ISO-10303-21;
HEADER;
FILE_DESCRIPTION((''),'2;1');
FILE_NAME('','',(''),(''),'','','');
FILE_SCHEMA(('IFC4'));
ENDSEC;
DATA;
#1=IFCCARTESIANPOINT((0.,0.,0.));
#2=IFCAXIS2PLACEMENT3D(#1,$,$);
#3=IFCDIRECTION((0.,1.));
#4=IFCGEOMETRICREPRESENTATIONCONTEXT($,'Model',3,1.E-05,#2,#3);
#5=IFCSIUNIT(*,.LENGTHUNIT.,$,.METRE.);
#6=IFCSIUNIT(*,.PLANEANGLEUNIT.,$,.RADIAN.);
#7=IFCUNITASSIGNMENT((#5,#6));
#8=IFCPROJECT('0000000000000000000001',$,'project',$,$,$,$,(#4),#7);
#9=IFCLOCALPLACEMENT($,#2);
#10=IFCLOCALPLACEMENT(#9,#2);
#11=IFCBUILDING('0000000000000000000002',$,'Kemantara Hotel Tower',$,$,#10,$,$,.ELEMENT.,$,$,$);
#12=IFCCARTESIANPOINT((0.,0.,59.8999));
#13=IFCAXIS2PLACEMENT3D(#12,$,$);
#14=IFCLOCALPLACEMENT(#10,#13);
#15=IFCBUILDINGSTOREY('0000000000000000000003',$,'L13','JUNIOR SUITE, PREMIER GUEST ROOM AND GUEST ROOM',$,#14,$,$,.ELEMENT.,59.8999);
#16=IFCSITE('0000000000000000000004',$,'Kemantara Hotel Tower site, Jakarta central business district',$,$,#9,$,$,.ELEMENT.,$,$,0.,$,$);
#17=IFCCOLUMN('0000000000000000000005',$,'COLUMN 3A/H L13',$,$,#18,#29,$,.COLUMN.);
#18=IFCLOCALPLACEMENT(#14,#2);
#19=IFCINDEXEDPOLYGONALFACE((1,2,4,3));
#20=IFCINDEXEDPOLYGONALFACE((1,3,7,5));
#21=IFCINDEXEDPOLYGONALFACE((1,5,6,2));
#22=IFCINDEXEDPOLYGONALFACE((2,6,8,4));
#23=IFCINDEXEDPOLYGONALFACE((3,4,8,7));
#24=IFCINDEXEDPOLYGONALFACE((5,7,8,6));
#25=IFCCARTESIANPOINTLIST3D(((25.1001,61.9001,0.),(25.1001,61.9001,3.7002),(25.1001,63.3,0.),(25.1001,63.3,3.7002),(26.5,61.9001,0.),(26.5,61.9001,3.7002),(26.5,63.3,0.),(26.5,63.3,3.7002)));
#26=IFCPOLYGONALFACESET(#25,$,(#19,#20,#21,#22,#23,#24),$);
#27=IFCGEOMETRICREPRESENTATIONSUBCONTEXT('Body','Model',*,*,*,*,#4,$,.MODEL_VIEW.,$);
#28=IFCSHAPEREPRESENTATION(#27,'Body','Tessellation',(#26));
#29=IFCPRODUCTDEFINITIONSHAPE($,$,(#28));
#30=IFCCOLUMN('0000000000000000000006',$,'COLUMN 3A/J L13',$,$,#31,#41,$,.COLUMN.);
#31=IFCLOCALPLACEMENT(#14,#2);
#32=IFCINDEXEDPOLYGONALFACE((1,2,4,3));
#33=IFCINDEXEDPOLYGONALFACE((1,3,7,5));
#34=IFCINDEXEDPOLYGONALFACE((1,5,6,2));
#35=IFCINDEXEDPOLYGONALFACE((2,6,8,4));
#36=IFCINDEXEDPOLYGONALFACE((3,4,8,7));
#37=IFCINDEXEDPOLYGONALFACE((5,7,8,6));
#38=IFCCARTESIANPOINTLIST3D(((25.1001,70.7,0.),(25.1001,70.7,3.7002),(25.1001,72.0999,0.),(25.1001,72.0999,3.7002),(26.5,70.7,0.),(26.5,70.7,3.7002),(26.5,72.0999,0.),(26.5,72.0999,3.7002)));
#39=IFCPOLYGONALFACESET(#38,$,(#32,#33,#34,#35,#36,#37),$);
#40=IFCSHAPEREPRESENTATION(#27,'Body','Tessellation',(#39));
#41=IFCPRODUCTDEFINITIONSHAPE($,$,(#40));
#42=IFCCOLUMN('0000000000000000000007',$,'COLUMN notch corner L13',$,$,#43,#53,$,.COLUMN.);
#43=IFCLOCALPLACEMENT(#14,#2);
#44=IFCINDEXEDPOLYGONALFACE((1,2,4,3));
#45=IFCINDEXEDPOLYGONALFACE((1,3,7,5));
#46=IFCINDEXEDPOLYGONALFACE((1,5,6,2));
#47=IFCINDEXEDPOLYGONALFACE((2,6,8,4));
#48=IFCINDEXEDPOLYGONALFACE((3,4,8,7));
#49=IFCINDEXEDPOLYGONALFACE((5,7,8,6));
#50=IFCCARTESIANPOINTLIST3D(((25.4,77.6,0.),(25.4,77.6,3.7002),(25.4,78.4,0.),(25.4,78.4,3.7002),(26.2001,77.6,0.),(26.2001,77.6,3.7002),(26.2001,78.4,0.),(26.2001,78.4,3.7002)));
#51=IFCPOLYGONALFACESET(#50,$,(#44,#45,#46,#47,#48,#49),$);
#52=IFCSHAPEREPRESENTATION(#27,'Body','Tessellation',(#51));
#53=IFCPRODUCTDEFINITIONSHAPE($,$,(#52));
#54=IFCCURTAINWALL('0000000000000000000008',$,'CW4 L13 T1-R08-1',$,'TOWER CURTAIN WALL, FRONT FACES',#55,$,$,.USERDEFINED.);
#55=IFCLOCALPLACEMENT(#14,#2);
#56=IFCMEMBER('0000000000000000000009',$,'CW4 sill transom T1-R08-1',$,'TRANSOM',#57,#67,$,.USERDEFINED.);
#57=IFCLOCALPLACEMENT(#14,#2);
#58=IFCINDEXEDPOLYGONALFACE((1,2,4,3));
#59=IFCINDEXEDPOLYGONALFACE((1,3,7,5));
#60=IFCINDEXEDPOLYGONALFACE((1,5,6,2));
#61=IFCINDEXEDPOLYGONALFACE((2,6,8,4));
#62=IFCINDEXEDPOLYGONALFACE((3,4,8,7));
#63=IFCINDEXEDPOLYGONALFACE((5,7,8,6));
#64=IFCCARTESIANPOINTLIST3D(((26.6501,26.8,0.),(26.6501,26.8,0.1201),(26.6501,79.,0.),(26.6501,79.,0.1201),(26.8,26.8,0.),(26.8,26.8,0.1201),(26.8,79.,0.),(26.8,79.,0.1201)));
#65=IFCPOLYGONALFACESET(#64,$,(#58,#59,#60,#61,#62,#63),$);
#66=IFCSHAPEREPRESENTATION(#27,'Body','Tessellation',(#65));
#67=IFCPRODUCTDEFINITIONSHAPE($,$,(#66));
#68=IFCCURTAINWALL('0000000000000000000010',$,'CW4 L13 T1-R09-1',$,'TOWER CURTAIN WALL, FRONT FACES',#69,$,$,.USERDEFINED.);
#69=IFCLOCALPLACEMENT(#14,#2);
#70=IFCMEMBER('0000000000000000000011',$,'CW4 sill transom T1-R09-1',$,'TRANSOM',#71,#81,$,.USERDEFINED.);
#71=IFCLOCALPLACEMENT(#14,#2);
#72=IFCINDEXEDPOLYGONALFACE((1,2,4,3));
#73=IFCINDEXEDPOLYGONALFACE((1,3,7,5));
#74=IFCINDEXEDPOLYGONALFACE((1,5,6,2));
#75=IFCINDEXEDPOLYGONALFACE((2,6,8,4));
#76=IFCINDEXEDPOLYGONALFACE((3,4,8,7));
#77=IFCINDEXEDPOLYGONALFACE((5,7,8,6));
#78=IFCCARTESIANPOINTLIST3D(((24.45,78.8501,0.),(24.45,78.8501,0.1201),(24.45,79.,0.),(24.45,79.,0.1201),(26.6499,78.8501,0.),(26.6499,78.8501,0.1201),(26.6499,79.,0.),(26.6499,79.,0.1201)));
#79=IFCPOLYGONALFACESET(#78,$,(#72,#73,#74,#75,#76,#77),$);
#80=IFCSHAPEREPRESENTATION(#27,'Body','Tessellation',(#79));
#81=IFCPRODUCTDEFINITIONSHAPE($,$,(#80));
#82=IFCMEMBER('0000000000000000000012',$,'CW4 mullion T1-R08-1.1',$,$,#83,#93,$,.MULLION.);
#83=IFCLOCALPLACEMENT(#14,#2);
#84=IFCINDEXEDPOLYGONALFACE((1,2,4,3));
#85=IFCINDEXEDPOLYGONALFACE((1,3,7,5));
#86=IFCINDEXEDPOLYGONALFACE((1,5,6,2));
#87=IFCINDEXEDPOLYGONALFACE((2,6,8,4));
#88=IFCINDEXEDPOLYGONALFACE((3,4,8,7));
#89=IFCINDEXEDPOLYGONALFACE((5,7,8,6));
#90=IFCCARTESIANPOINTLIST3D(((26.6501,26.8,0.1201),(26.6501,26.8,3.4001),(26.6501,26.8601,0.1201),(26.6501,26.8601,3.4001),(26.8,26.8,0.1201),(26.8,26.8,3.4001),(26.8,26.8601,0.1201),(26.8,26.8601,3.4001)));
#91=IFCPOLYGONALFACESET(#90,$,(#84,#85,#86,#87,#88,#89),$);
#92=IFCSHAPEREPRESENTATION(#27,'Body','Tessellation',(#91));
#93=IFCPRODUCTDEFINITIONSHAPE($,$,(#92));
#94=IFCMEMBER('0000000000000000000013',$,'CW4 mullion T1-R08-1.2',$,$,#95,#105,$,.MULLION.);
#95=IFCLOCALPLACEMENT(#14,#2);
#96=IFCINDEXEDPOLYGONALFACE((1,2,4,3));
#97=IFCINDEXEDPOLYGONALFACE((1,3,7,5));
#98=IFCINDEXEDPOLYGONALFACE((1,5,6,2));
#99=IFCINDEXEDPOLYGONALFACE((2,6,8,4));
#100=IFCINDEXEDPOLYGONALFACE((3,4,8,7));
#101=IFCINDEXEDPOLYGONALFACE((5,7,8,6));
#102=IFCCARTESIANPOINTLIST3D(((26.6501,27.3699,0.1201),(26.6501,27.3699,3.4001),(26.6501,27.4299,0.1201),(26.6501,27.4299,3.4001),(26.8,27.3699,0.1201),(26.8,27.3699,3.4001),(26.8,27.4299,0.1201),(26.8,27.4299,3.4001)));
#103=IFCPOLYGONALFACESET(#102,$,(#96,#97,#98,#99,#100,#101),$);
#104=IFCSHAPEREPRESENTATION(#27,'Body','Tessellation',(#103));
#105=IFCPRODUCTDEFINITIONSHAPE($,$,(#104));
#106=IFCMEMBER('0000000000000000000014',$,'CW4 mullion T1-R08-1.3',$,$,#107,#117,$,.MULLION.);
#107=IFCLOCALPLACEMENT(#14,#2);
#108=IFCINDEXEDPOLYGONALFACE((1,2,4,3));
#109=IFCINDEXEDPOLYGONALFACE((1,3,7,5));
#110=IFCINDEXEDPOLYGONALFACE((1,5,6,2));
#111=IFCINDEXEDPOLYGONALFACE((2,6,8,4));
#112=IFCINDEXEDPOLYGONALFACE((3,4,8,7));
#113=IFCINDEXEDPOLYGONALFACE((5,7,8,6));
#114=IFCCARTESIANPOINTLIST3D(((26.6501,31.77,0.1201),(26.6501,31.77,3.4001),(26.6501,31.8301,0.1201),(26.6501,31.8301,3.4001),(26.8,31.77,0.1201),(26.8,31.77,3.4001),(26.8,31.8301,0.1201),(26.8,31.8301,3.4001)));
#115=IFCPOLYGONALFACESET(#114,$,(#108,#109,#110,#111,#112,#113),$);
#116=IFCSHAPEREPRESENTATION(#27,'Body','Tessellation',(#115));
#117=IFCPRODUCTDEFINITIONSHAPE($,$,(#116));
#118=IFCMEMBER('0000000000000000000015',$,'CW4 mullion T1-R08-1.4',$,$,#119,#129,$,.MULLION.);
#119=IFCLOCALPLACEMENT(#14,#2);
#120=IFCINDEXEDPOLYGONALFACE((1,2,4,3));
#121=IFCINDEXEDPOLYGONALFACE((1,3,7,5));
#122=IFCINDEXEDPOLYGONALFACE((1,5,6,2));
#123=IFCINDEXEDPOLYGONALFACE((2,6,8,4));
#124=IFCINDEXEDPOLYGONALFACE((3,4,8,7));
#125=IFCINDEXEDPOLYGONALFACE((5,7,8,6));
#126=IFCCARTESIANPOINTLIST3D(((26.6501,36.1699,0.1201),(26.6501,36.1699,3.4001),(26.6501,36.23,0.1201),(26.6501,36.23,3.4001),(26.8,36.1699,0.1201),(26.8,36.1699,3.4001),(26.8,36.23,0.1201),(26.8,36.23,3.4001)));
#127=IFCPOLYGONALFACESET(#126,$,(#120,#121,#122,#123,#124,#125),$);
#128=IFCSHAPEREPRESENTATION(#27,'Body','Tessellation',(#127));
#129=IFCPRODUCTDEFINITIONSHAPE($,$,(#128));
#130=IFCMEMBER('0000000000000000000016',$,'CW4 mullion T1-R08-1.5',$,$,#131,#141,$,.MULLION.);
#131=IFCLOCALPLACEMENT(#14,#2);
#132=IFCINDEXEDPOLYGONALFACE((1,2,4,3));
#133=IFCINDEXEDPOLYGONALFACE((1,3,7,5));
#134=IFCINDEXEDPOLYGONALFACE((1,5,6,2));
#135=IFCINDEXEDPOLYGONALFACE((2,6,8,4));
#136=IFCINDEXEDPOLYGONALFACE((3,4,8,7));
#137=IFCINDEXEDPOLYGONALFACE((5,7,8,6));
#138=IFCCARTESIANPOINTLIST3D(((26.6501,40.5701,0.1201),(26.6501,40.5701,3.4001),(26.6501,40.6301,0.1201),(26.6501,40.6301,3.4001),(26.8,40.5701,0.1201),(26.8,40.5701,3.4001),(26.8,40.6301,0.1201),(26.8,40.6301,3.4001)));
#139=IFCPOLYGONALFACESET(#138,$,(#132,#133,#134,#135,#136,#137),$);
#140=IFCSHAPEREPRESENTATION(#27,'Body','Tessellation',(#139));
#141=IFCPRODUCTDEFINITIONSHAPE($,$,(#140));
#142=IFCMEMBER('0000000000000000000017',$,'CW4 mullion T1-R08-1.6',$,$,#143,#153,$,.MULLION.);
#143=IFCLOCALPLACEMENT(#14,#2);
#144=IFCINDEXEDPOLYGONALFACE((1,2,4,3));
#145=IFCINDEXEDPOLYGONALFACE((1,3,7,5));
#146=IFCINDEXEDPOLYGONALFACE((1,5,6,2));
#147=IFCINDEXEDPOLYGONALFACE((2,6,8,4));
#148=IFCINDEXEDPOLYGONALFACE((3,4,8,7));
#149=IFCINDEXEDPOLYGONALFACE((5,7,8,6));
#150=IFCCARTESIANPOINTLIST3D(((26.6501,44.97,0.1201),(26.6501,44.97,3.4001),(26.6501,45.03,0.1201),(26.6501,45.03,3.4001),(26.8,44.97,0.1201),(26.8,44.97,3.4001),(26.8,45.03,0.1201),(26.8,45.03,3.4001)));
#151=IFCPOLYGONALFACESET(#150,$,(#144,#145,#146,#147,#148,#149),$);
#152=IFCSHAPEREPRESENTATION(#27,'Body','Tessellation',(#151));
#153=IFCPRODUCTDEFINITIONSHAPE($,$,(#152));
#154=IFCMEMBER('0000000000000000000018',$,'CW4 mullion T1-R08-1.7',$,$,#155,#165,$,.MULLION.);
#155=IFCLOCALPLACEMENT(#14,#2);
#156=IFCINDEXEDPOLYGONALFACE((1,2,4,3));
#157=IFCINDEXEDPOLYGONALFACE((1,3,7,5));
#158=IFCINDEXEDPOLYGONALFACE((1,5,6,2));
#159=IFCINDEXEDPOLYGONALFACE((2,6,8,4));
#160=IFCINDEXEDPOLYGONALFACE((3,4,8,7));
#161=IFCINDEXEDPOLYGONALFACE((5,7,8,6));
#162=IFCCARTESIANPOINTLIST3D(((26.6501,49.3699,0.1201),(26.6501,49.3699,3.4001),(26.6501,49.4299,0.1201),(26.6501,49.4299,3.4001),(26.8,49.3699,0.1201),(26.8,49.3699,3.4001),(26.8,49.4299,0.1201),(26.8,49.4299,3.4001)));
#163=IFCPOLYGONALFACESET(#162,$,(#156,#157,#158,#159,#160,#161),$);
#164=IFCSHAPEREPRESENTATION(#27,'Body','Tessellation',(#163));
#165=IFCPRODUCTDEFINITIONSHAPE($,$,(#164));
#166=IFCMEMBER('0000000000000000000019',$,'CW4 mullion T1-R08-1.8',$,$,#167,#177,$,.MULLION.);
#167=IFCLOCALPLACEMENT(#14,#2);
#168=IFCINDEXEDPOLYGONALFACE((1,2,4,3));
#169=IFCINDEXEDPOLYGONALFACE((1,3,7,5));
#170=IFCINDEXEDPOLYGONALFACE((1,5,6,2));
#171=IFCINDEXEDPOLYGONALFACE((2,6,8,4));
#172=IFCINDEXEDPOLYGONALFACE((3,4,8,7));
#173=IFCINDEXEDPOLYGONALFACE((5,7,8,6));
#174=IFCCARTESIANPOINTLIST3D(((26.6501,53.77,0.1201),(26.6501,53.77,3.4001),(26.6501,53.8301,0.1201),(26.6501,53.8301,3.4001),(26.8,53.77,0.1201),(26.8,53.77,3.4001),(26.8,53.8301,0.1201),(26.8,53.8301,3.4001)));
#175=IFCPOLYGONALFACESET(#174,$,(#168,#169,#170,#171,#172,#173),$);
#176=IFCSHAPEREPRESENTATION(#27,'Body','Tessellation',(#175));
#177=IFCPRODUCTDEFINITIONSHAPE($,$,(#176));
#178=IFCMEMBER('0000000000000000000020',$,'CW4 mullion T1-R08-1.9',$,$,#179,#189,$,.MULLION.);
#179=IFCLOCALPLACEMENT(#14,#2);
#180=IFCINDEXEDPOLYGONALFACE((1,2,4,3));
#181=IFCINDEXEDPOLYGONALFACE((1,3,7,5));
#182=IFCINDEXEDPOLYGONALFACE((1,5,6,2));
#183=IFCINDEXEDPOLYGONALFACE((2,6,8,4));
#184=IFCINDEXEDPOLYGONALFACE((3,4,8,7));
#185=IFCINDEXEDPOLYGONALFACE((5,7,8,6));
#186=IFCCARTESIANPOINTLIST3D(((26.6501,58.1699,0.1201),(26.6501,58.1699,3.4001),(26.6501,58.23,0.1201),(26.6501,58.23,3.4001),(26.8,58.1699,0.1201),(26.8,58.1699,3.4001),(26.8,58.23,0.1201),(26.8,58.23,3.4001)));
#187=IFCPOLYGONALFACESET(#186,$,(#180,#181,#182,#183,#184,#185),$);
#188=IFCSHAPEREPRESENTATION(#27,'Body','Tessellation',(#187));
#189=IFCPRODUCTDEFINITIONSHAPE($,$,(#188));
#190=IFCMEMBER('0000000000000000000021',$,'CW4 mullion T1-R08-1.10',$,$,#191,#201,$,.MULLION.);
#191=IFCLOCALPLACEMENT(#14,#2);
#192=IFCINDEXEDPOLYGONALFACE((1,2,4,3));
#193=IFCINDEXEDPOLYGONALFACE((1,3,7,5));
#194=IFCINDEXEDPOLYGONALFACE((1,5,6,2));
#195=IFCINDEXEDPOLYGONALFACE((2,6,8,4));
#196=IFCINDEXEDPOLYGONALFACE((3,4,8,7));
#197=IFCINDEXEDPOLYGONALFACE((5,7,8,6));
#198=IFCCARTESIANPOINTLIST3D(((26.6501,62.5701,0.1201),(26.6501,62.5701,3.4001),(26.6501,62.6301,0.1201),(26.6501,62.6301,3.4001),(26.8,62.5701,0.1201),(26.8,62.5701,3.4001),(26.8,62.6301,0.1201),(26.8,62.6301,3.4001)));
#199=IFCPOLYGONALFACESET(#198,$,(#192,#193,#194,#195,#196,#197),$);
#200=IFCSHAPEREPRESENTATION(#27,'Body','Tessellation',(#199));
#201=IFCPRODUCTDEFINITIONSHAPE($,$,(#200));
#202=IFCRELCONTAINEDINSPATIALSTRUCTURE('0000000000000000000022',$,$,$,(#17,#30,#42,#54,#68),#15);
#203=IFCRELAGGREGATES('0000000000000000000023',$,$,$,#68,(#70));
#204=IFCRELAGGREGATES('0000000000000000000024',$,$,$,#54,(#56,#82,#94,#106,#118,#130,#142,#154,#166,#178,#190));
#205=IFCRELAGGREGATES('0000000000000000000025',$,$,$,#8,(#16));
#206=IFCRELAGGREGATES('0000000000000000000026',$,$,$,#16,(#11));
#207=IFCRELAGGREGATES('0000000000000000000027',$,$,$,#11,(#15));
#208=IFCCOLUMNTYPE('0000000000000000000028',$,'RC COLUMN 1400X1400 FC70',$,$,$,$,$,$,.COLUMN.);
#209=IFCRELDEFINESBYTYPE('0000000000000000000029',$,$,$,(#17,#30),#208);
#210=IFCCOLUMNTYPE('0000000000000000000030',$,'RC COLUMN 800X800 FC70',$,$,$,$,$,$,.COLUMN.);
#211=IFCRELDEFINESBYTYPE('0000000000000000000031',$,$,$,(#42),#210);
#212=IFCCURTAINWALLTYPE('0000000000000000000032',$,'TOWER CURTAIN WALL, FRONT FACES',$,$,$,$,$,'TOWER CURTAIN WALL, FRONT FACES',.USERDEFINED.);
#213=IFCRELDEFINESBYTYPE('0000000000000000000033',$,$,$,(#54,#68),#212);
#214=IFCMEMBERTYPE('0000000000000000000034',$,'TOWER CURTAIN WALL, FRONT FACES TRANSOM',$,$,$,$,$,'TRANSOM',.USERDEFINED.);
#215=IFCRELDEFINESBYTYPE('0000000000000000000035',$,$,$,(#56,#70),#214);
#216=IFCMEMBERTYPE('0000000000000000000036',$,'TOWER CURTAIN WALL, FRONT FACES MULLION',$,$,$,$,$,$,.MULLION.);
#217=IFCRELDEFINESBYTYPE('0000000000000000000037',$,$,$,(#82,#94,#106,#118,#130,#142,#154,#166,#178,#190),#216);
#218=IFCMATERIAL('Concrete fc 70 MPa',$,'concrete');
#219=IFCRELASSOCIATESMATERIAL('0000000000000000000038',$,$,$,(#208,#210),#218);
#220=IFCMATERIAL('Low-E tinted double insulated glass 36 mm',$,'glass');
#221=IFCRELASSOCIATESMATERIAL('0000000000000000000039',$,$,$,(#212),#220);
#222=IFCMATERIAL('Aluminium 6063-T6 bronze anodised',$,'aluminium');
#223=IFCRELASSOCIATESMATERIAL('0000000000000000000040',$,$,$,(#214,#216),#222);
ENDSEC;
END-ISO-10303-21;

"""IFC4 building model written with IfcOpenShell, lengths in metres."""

from ifc_helpers import new_model, si_unit, direction, frame, origin, origin_2d, place, context, subcontext, project, spatial, rectangle, extrude, source, transform, mapped, material, material_profile, profile_set, type_object, element, aggregate, save


model = new_model("IFC4")

# Units and contexts
model_context = context("Model", 3, precision=1e-05, world=origin(), true_north=direction((0.0, 1.0)))
body_context = subcontext(model_context, "Body", "Model", "MODEL_VIEW")
ifc_project = project(units=[si_unit("LENGTHUNIT", "METRE"), si_unit("PLANEANGLEUNIT", "RADIAN")], contexts=[model_context])

# Site, building, storey
site_placement = place(None, origin())
site = spatial("IfcSite", under=ifc_project, at=site_placement, Name="Kemantara Hotel Tower site, Jakarta central business district", CompositionType="ELEMENT", RefElevation=0.0)
building_placement = place(site_placement, origin())
building = spatial("IfcBuilding", under=site, at=building_placement, Name="Kemantara Hotel Tower", CompositionType="ELEMENT")
storey_placement = place(building_placement, frame((0.0, 0.0, 59.8999)))
storey = spatial("IfcBuildingStorey", under=building, at=storey_placement, Name="L13", Description="JUNIOR SUITE, PREMIER GUEST ROOM AND GUEST ROOM", CompositionType="ELEMENT", Elevation=59.8999)

# Columns
ifc_material_1 = material(Name="Concrete fc 70 MPa", Category="concrete")
ifc_material_profile_1 = material_profile(ifc_material_1, rectangle(XDim=1.3999, YDim=1.3999, at=origin_2d()), Name="RC 1400X1400")
ifc_profile_set_1 = profile_set([ifc_material_profile_1], Name="Concrete fc 70 MPa")
column_type_1 = type_object("IfcColumnType", Name="RC COLUMN 1400X1400 FC70", PredefinedType="COLUMN", material=ifc_profile_set_1)
for number, where, z_axis, x_axis, name in (
    (1, (25.8, 62.6001, 0.0), (0.0, 0.0, 1.0), (1.0, 0.0, 0.0), "COLUMN 3A/H L13"),
    (2, (25.8, 71.3999, 0.0), (0.0, 0.0, 1.0), (1.0, 0.0, 0.0), "COLUMN 3A/J L13"),
):
    element("IfcColumn", number, at=place(storey_placement, frame(where, z_axis=z_axis, x_axis=x_axis)), inside=storey, type_object=column_type_1, Name=name, PredefinedType="COLUMN", context=body_context, shape_type="SweptSolid", body=[
        extrude(rectangle(XDim=1.3999, YDim=1.3999, at=origin_2d()), origin(), (0.0, 0.0, 1.0), 3.7002),
    ])
ifc_material_profile_2 = material_profile(ifc_material_1, rectangle(XDim=0.8, YDim=0.8, at=origin_2d()), Name="RC 800X800")
ifc_profile_set_2 = profile_set([ifc_material_profile_2], Name="Concrete fc 70 MPa")
column_type_2 = type_object("IfcColumnType", Name="RC COLUMN 800X800 FC70", PredefinedType="COLUMN", material=ifc_profile_set_2)
column_placement = place(storey_placement, frame((25.8, 78.0, 0.0), z_axis=(0.0, 0.0, 1.0), x_axis=(1.0, 0.0, 0.0)))
element("IfcColumn", 3, at=column_placement, inside=storey, type_object=column_type_2, Name="COLUMN notch corner L13", PredefinedType="COLUMN", context=body_context, shape_type="SweptSolid", body=[
    extrude(rectangle(XDim=0.8, YDim=0.8, at=origin_2d()), origin(), (0.0, 0.0, 1.0), 3.7002),
])

# Curtain walls, members
ifc_material_2 = material(Name="Low-E tinted double insulated glass 36 mm", Category="glass")
curtain_wall_type = type_object("IfcCurtainWallType", Name="TOWER CURTAIN WALL, FRONT FACES", ElementType="TOWER CURTAIN WALL, FRONT FACES", PredefinedType="USERDEFINED", material=ifc_material_2)
curtain_wall_1_placement = place(storey_placement, origin())
curtain_wall_1 = element("IfcCurtainWall", 4, at=curtain_wall_1_placement, inside=storey, type_object=curtain_wall_type, Name="CW4 L13 T1-R08-1", ObjectType="TOWER CURTAIN WALL, FRONT FACES", PredefinedType="USERDEFINED")
ifc_material_3 = material(Name="Aluminium 6063-T6 bronze anodised", Category="aluminium")
ifc_material_profile_3 = material_profile(ifc_material_3, rectangle(XDim=0.1499, YDim=0.1201, at=origin_2d()), Name="TOWER CURTAIN WALL, FRONT FACES TRANSOM")
ifc_profile_set_3 = profile_set([ifc_material_profile_3], Name="Aluminium 6063-T6 bronze anodised")
member_type_1 = type_object("IfcMemberType", Name="TOWER CURTAIN WALL, FRONT FACES TRANSOM", ElementType="TRANSOM", PredefinedType="USERDEFINED", material=ifc_profile_set_3)
member_1_placement = place(storey_placement, frame((26.7251, 26.8, 0.0601), z_axis=(0.0, 1.0, 0.0), x_axis=(-1.0, 0.0, 0.0)))
member_1 = element("IfcMember", 5, at=member_1_placement, type_object=member_type_1, Name="CW4 sill transom T1-R08-1", ObjectType="TRANSOM", PredefinedType="USERDEFINED", context=body_context, shape_type="SweptSolid", body=[
    extrude(rectangle(XDim=0.1499, YDim=0.1201, at=origin_2d()), origin(), (0.0, 0.0, 1.0), 52.2),
])
curtain_wall_2_placement = place(storey_placement, origin())
curtain_wall_2 = element("IfcCurtainWall", 6, at=curtain_wall_2_placement, inside=storey, type_object=curtain_wall_type, Name="CW4 L13 T1-R09-1", ObjectType="TOWER CURTAIN WALL, FRONT FACES", PredefinedType="USERDEFINED")
member_2_placement = place(storey_placement, frame((26.6499, 78.925, 0.0601), z_axis=(-1.0, 0.0, 0.0), x_axis=(0.0, -1.0, 0.0)))
member_2 = element("IfcMember", 7, at=member_2_placement, type_object=member_type_1, Name="CW4 sill transom T1-R09-1", ObjectType="TRANSOM", PredefinedType="USERDEFINED", context=body_context, shape_type="SweptSolid", body=[
    extrude(rectangle(XDim=0.1499, YDim=0.1201, at=origin_2d()), origin(), (0.0, 0.0, 1.0), 2.2),
])

# Members
ifc_material_profile_4 = material_profile(ifc_material_3, rectangle(XDim=0.1499, YDim=0.0601, at=origin_2d()), Name="TOWER CURTAIN WALL, FRONT FACES MULLION")
ifc_profile_set_4 = profile_set([ifc_material_profile_4], Name="Aluminium 6063-T6 bronze anodised")
member_type_2 = type_object("IfcMemberType", Name="TOWER CURTAIN WALL, FRONT FACES MULLION", PredefinedType="MULLION", material=ifc_profile_set_4)
shared_shape_1 = source(origin(), body_context, "Body", "SweptSolid", [
    extrude(rectangle(XDim=0.1499, YDim=0.0601, at=origin_2d()), origin(), (0.0, 0.0, 1.0), 3.28),
])
member_3_placement = place(storey_placement, frame((26.7251, 26.8301, 0.1201), z_axis=(0.0, 0.0, 1.0), x_axis=(-1.0, 0.0, 0.0)))
member_3 = element("IfcMember", 8, at=member_3_placement, type_object=member_type_2, Name="CW4 mullion T1-R08-1.1", PredefinedType="MULLION", context=body_context, shape_type="MappedRepresentation", body=[
    mapped(shared_shape_1, transform((0.0, 0.0, 0.0))),
])
member_4_placement = place(storey_placement, frame((26.7251, 27.3999, 0.1201), z_axis=(0.0, 0.0, 1.0), x_axis=(-1.0, 0.0, 0.0)))
member_4 = element("IfcMember", 9, at=member_4_placement, type_object=member_type_2, Name="CW4 mullion T1-R08-1.2", PredefinedType="MULLION", context=body_context, shape_type="MappedRepresentation", body=[
    mapped(shared_shape_1, transform((0.0, 0.0, 0.0))),
])
member_5_placement = place(storey_placement, frame((26.7251, 31.8, 0.1201), z_axis=(0.0, 0.0, 1.0), x_axis=(-1.0, 0.0, 0.0)))
member_5 = element("IfcMember", 10, at=member_5_placement, type_object=member_type_2, Name="CW4 mullion T1-R08-1.3", PredefinedType="MULLION", context=body_context, shape_type="MappedRepresentation", body=[
    mapped(shared_shape_1, transform((0.0, 0.0, 0.0))),
])
member_6_placement = place(storey_placement, frame((26.7251, 36.2, 0.1201), z_axis=(0.0, 0.0, 1.0), x_axis=(-1.0, 0.0, 0.0)))
member_6 = element("IfcMember", 11, at=member_6_placement, type_object=member_type_2, Name="CW4 mullion T1-R08-1.4", PredefinedType="MULLION", context=body_context, shape_type="MappedRepresentation", body=[
    mapped(shared_shape_1, transform((0.0, 0.0, 0.0))),
])
member_7_placement = place(storey_placement, frame((26.7251, 40.6001, 0.1201), z_axis=(0.0, 0.0, 1.0), x_axis=(-1.0, 0.0, 0.0)))
member_7 = element("IfcMember", 12, at=member_7_placement, type_object=member_type_2, Name="CW4 mullion T1-R08-1.5", PredefinedType="MULLION", context=body_context, shape_type="MappedRepresentation", body=[
    mapped(shared_shape_1, transform((0.0, 0.0, 0.0))),
])
member_8_placement = place(storey_placement, frame((26.7251, 45.0, 0.1201), z_axis=(0.0, 0.0, 1.0), x_axis=(-1.0, 0.0, 0.0)))
member_8 = element("IfcMember", 13, at=member_8_placement, type_object=member_type_2, Name="CW4 mullion T1-R08-1.6", PredefinedType="MULLION", context=body_context, shape_type="MappedRepresentation", body=[
    mapped(shared_shape_1, transform((0.0, 0.0, 0.0))),
])
member_9_placement = place(storey_placement, frame((26.7251, 49.3999, 0.1201), z_axis=(0.0, 0.0, 1.0), x_axis=(-1.0, 0.0, 0.0)))
member_9 = element("IfcMember", 14, at=member_9_placement, type_object=member_type_2, Name="CW4 mullion T1-R08-1.7", PredefinedType="MULLION", context=body_context, shape_type="MappedRepresentation", body=[
    mapped(shared_shape_1, transform((0.0, 0.0, 0.0))),
])
member_10_placement = place(storey_placement, frame((26.7251, 53.8, 0.1201), z_axis=(0.0, 0.0, 1.0), x_axis=(-1.0, 0.0, 0.0)))
member_10 = element("IfcMember", 15, at=member_10_placement, type_object=member_type_2, Name="CW4 mullion T1-R08-1.8", PredefinedType="MULLION", context=body_context, shape_type="MappedRepresentation", body=[
    mapped(shared_shape_1, transform((0.0, 0.0, 0.0))),
])
member_11_placement = place(storey_placement, frame((26.7251, 58.2, 0.1201), z_axis=(0.0, 0.0, 1.0), x_axis=(-1.0, 0.0, 0.0)))
member_11 = element("IfcMember", 16, at=member_11_placement, type_object=member_type_2, Name="CW4 mullion T1-R08-1.9", PredefinedType="MULLION", context=body_context, shape_type="MappedRepresentation", body=[
    mapped(shared_shape_1, transform((0.0, 0.0, 0.0))),
])
member_12_placement = place(storey_placement, frame((26.7251, 62.6001, 0.1201), z_axis=(0.0, 0.0, 1.0), x_axis=(-1.0, 0.0, 0.0)))
member_12 = element("IfcMember", 17, at=member_12_placement, type_object=member_type_2, Name="CW4 mullion T1-R08-1.10", PredefinedType="MULLION", context=body_context, shape_type="MappedRepresentation", body=[
    mapped(shared_shape_1, transform((0.0, 0.0, 0.0))),
])
aggregate(curtain_wall_2, [member_2])

aggregate(curtain_wall_1, [member_1, member_3, member_4, member_5, member_6, member_7, member_8, member_9, member_10, member_11, member_12])

save(model, "model.ifc")
